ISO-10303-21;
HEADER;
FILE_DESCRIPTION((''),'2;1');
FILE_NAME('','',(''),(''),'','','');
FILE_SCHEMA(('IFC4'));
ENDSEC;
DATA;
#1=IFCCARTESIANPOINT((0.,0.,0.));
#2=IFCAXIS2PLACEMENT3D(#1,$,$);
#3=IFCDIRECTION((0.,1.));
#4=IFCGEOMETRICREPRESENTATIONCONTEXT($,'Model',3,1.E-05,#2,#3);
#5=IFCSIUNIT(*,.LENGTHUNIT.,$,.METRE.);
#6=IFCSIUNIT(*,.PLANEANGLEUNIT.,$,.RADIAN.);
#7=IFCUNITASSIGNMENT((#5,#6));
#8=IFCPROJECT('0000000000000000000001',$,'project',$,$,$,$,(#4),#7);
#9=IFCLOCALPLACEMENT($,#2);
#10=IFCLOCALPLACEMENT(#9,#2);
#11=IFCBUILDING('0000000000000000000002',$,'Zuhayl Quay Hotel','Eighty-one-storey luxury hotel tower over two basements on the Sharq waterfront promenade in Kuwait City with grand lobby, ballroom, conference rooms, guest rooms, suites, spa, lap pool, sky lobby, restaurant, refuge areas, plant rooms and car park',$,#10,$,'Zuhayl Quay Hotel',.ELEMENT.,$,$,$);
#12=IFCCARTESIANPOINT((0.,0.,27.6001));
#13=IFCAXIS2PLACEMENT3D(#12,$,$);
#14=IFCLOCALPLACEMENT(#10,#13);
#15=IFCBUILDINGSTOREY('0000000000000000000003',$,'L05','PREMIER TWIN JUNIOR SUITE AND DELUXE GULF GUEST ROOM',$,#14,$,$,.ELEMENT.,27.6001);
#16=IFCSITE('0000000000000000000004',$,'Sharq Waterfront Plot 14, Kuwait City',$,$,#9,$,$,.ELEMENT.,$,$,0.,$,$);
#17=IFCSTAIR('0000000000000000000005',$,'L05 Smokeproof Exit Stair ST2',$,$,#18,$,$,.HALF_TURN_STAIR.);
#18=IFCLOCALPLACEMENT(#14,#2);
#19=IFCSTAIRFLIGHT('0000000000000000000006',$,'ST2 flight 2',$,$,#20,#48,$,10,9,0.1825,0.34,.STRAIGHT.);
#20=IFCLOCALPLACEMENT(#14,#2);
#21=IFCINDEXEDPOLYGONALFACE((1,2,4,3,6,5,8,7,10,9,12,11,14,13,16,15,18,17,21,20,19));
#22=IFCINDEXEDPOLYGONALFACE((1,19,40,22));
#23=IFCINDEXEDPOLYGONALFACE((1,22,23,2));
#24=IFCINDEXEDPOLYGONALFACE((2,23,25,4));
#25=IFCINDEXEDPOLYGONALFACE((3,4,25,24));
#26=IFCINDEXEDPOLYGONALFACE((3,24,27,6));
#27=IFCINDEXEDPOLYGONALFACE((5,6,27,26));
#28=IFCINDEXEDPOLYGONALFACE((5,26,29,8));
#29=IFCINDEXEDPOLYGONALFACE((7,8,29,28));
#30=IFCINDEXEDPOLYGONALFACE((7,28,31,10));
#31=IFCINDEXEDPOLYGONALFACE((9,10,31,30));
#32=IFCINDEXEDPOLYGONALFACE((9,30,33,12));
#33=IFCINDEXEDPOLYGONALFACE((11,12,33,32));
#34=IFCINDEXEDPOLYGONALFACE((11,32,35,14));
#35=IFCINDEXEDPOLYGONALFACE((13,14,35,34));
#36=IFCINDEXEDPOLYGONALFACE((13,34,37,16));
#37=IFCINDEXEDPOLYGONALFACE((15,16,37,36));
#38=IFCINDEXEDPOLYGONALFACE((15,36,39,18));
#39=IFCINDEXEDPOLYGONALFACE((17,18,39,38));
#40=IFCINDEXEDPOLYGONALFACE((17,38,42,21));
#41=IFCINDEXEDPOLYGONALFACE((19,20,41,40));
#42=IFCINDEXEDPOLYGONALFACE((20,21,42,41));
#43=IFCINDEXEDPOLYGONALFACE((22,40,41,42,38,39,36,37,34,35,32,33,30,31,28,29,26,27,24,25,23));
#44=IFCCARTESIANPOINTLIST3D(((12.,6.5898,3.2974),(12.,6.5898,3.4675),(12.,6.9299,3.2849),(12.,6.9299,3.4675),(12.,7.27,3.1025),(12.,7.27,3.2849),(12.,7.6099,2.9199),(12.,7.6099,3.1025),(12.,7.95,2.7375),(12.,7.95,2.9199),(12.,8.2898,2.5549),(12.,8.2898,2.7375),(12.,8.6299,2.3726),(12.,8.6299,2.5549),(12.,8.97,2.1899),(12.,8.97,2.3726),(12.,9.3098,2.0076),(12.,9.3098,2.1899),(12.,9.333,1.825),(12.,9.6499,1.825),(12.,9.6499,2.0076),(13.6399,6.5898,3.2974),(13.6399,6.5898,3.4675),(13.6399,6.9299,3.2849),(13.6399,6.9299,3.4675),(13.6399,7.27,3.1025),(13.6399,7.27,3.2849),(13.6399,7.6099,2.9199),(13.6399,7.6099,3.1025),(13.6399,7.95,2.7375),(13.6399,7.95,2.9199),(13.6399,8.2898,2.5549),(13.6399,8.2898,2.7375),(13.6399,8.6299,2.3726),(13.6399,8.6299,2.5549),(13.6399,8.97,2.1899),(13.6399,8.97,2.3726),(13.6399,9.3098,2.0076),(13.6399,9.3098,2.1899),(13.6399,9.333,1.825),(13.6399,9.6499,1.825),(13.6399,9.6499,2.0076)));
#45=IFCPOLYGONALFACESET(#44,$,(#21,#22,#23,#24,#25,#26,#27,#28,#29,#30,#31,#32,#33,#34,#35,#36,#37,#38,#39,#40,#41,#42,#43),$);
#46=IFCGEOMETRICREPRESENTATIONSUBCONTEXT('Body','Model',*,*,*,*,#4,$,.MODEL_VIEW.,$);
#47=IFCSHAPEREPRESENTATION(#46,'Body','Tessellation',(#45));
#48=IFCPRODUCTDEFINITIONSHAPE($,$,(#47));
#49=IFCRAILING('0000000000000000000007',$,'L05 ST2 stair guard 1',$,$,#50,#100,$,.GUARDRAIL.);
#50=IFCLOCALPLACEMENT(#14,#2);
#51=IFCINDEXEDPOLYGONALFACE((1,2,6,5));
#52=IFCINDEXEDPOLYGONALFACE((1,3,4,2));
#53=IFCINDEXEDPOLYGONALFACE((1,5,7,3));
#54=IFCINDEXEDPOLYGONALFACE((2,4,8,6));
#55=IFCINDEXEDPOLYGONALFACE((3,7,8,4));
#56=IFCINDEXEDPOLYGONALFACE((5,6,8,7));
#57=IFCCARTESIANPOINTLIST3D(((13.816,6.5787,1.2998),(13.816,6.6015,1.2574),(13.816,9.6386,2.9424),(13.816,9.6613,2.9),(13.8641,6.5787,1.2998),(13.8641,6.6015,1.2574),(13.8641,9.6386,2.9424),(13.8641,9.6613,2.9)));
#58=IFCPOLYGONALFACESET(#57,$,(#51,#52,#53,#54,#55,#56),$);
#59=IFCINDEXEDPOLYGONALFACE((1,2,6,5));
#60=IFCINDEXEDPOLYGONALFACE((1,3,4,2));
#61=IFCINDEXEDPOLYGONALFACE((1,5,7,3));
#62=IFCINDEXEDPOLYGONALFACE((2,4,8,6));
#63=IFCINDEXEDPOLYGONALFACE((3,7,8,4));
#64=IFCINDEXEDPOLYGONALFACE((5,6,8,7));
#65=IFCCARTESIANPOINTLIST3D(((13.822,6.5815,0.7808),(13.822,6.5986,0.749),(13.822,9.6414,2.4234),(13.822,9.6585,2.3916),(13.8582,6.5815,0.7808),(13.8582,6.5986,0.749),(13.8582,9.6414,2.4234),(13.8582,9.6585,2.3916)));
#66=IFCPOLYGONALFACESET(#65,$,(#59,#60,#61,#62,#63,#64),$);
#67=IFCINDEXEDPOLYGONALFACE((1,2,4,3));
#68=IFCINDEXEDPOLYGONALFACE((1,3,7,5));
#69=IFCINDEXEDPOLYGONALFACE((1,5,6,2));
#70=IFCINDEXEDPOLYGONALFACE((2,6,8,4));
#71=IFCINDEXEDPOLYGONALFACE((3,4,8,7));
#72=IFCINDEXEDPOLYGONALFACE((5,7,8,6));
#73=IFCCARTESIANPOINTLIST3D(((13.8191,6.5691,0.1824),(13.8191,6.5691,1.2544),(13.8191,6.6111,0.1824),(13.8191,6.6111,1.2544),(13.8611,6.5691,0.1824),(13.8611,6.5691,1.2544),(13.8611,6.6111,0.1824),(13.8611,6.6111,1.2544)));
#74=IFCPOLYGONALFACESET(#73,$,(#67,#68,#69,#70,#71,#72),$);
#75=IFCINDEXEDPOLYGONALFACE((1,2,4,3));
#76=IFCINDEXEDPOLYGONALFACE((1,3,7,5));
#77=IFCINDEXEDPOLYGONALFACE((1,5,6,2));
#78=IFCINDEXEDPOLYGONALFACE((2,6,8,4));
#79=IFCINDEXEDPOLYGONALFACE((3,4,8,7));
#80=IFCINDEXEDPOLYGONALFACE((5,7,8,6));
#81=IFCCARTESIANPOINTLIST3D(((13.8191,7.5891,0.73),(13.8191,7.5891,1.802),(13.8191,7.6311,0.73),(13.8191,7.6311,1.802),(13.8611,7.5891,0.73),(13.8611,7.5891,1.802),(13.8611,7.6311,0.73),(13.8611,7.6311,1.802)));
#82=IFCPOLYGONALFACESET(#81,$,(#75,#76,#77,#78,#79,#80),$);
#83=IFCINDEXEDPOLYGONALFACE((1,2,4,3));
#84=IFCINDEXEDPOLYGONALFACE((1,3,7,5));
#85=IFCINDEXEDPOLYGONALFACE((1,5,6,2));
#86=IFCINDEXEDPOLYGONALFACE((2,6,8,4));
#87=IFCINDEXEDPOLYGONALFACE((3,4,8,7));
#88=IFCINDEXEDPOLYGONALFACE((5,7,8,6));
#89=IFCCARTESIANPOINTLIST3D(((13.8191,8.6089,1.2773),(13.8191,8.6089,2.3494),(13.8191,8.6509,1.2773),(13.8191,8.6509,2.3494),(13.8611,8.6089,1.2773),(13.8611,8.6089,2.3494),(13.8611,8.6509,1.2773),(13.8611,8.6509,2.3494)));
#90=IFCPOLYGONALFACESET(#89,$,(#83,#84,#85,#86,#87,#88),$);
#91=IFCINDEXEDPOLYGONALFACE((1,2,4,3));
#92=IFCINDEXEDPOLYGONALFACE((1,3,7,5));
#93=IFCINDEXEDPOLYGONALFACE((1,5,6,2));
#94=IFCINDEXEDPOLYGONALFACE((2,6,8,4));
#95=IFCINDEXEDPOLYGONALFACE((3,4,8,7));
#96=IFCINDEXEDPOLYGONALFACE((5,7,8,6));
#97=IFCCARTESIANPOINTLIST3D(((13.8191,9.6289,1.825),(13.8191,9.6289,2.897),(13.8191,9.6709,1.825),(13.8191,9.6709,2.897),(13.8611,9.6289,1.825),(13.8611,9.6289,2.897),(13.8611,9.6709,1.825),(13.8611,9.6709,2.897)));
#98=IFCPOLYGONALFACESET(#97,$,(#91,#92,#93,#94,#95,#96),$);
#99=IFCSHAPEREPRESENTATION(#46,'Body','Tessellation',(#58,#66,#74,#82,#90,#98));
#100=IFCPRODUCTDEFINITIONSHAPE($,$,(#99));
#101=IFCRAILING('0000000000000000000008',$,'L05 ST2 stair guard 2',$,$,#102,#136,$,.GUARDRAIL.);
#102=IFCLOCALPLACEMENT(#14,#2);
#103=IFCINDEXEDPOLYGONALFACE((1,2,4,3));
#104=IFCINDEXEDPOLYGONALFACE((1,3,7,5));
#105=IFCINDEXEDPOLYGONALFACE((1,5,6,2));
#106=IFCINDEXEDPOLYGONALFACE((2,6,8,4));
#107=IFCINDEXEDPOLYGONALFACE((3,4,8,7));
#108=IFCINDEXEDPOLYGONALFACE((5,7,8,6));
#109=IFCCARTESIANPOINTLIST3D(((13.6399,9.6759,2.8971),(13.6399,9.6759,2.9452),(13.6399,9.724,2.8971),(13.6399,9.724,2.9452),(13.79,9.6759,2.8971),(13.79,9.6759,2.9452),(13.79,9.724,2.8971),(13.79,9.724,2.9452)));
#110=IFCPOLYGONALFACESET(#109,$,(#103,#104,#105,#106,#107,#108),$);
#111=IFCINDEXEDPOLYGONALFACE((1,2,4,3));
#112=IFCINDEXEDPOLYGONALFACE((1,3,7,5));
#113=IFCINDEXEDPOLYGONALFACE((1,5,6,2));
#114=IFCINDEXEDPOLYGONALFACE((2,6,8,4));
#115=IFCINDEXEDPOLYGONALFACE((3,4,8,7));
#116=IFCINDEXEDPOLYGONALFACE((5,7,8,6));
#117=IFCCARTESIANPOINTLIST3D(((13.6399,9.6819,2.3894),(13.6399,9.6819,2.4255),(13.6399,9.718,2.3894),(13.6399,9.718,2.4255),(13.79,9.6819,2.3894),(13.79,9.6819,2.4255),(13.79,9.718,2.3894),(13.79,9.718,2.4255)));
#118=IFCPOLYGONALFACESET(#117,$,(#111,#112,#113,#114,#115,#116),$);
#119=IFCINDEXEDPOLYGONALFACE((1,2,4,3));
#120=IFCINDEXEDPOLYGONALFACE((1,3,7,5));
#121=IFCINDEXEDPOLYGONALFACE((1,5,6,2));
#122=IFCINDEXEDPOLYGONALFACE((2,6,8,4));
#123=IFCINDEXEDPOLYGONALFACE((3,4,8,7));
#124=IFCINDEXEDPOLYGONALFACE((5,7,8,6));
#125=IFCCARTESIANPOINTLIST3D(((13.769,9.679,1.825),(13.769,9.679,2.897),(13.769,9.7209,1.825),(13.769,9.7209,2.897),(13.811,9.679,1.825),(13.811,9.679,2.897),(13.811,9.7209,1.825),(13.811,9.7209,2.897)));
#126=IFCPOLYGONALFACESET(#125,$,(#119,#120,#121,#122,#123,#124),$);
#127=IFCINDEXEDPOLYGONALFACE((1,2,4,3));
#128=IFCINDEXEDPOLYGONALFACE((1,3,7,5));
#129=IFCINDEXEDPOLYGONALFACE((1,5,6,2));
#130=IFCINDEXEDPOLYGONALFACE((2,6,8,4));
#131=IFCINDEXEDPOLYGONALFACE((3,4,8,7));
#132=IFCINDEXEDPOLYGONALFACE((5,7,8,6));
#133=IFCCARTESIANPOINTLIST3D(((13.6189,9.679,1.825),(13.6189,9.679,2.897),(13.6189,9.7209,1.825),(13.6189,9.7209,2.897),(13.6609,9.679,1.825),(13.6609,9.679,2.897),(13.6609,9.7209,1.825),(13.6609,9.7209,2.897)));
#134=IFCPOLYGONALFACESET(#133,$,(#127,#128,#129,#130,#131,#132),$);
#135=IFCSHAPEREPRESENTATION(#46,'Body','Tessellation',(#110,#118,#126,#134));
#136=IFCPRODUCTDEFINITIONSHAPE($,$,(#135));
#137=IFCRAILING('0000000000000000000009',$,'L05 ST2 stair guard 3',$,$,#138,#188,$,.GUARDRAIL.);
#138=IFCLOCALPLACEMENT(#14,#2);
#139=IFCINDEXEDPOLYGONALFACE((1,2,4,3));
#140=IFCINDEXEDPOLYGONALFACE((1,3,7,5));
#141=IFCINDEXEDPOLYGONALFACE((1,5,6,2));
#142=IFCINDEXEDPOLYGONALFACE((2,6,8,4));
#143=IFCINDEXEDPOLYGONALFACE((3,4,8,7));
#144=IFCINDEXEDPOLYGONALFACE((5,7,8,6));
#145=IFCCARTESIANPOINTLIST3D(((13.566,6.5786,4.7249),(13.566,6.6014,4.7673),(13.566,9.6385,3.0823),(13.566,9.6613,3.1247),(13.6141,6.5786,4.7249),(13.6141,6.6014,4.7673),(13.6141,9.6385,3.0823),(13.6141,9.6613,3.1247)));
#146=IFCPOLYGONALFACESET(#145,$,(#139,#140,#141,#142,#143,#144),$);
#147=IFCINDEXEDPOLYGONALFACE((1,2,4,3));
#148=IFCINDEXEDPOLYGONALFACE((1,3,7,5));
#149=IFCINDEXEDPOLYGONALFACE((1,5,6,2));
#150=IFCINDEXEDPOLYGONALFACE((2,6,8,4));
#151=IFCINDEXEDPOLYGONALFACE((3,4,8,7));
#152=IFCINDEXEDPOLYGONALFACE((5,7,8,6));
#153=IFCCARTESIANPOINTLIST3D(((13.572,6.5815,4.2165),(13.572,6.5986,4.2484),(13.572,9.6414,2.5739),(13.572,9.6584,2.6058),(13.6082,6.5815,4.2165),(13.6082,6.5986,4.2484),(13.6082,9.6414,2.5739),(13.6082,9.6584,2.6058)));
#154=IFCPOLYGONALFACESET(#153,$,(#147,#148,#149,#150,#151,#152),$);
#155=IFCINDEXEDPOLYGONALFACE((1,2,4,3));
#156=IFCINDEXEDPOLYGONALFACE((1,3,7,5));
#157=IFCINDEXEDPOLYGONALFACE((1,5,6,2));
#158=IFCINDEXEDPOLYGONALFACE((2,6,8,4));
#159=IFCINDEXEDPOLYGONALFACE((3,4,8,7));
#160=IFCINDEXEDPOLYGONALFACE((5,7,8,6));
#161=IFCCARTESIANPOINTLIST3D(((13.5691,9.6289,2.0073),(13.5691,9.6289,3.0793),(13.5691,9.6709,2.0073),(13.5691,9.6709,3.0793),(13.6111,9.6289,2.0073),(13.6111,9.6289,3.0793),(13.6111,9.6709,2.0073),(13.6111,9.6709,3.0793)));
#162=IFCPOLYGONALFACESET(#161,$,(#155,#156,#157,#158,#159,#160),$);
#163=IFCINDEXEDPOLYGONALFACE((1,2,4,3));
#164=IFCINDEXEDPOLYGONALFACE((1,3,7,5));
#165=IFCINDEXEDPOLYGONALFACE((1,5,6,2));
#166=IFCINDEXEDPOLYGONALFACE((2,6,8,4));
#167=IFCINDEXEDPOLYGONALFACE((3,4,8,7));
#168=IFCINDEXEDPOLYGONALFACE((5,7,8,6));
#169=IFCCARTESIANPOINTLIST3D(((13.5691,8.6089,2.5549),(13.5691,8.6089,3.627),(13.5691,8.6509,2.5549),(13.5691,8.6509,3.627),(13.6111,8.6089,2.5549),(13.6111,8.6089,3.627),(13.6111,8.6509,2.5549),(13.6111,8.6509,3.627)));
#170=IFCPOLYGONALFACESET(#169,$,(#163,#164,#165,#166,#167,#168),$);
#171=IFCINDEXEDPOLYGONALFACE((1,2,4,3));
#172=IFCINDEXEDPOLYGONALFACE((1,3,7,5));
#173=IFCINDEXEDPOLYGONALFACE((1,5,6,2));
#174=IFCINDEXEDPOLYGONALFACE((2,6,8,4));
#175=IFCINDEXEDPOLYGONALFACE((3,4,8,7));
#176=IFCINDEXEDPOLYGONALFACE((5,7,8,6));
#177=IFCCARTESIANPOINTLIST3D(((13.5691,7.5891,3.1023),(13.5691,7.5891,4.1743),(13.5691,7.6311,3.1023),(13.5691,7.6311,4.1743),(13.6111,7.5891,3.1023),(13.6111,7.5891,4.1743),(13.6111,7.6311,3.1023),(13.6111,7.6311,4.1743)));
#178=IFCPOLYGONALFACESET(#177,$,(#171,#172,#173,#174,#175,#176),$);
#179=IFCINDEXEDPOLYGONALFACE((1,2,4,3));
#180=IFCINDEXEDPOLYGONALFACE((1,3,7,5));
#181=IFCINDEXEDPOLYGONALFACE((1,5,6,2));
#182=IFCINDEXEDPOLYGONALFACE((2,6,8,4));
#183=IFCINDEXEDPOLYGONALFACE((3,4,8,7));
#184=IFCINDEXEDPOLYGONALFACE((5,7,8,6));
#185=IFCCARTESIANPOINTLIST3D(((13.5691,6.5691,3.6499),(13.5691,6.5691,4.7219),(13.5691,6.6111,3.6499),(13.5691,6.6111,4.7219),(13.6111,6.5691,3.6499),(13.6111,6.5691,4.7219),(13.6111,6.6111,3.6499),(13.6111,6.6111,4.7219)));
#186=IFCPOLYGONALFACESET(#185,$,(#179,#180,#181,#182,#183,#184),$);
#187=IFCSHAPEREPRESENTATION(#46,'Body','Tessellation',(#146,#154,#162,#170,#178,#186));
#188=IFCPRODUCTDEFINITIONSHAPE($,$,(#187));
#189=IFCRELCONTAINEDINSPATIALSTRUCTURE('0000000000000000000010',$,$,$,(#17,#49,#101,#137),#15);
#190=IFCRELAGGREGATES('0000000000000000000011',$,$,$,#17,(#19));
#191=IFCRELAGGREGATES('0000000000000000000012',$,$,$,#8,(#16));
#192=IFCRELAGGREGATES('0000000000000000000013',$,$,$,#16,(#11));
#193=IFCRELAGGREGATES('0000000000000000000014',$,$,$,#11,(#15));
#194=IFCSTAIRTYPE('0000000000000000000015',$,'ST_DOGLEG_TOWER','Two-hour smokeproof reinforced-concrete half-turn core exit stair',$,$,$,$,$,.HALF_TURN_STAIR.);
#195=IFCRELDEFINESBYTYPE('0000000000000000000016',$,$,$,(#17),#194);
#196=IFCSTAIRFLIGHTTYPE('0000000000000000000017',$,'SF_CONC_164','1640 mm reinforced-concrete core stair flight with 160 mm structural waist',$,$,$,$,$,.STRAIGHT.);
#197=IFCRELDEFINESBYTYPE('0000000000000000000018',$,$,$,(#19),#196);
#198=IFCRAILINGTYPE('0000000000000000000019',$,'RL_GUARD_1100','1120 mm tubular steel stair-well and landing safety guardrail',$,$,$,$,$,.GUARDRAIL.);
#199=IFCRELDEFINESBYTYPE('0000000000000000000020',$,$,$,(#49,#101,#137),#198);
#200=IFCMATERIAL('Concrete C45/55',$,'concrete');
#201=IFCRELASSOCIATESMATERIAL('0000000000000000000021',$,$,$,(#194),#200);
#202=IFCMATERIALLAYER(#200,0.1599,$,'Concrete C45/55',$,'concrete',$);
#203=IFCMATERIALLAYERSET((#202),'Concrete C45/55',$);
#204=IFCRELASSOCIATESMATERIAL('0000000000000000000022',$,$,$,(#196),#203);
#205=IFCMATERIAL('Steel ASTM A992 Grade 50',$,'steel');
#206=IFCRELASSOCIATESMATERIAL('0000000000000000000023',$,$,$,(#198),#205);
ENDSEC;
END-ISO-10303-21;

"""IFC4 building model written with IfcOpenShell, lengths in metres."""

from ifc_helpers import new_model, si_unit, direction, frame, origin, origin_2d, place, context, subcontext, project, spatial, polyline, rectangle, outline, extrude, material, layer, layer_set, type_object, element, aggregate, save


model = new_model("IFC4")

# Units and contexts
model_context = context("Model", 3, precision=1e-05, world=origin(), true_north=direction((0.0, 1.0)))
body_context = subcontext(model_context, "Body", "Model", "MODEL_VIEW")
ifc_project = project(units=[si_unit("LENGTHUNIT", "METRE"), si_unit("PLANEANGLEUNIT", "RADIAN")], contexts=[model_context])

# Site, building, storey
site_placement = place(None, origin())
site = spatial("IfcSite", under=ifc_project, at=site_placement, Name="Sharq Waterfront Plot 14, Kuwait City", CompositionType="ELEMENT", RefElevation=0.0)
building_placement = place(site_placement, origin())
building = spatial("IfcBuilding", under=site, at=building_placement, Name="Zuhayl Quay Hotel", Description="Eighty-one-storey luxury hotel tower over two basements on the Sharq waterfront promenade in Kuwait City with grand lobby, ballroom, conference rooms, guest rooms, suites, spa, lap pool, sky lobby, restaurant, refuge areas, plant rooms and car park", LongName="Zuhayl Quay Hotel", CompositionType="ELEMENT")
storey_placement = place(building_placement, frame((0.0, 0.0, 27.6001)))
storey = spatial("IfcBuildingStorey", under=building, at=storey_placement, Name="L05", Description="PREMIER TWIN JUNIOR SUITE AND DELUXE GULF GUEST ROOM", CompositionType="ELEMENT", Elevation=27.6001)

# Shared definitions
ifc_material_1 = material(Name="Steel ASTM A992 Grade 50", Category="steel")

# Stair, stair flight
ifc_material_2 = material(Name="Concrete C45/55", Category="concrete")
stair_type = type_object("IfcStairType", Name="ST_DOGLEG_TOWER", Description="Two-hour smokeproof reinforced-concrete half-turn core exit stair", PredefinedType="HALF_TURN_STAIR", material=ifc_material_2)
stair_placement = place(storey_placement, origin())
stair = element("IfcStair", 1, at=stair_placement, inside=storey, type_object=stair_type, Name="L05 Smokeproof Exit Stair ST2", PredefinedType="HALF_TURN_STAIR")
ifc_layer_1 = layer(ifc_material_2, 0.1599, Name="Concrete C45/55", Category="concrete")
ifc_layer_set_1 = layer_set([ifc_layer_1], Name="Concrete C45/55")
stair_flight_type = type_object("IfcStairFlightType", Name="SF_CONC_164", Description="1640 mm reinforced-concrete core stair flight with 160 mm structural waist", PredefinedType="STRAIGHT", material=ifc_layer_set_1)
stair_flight_1_placement = place(storey_placement, frame((12.8201, 9.6499, 1.825), z_axis=(0.0, 0.0, 1.0), x_axis=(0.0, -1.0, 0.0)))
stair_flight_1 = element("IfcStairFlight", 2, at=stair_flight_1_placement, type_object=stair_flight_type, Name="ST2 flight 2", NumberOfRisers=10, NumberOfTreads=9, PredefinedType="STRAIGHT", RiserHeight=0.1825, TreadLength=0.34, context=body_context, shape_type="SweptSolid", body=[
    extrude(outline(polyline([(0.0, 0.0), (0.0, 0.1826), (0.3401, 0.1826), (0.3401, 0.365), (0.6799, 0.365), (0.6799, 0.5476), (1.02, 0.5476), (1.02, 0.73), (1.3601, 0.73), (1.3601, 0.9126), (1.7, 0.9126), (1.7, 1.095), (2.04, 1.095), (2.04, 1.2776), (2.3799, 1.2776), (2.3799, 1.46), (2.72, 1.46), (2.72, 1.6426), (3.0601, 1.6426), (3.0601, 1.825), (3.0601, 1.4724), (0.3169, 0.0), (0.0, 0.0)])), frame((0.0, 0.8198, 0.0), z_axis=(0.0, -1.0, 0.0), x_axis=(1.0, 0.0, 0.0)), (0.0, 0.0, 1.0), 1.6399),
])
aggregate(stair, [stair_flight_1])

# Railings
railing_type_1 = type_object("IfcRailingType", Name="RL_GUARD_1100", Description="1120 mm tubular steel stair-well and landing safety guardrail", PredefinedType="GUARDRAIL", material=ifc_material_1)
railing_1_placement = place(storey_placement, frame((13.8401, 6.5901, 0.1824)))
element("IfcRailing", 3, at=railing_1_placement, inside=storey, type_object=railing_type_1, Name="L05 ST2 stair guard 1", PredefinedType="GUARDRAIL", context=body_context, shape_type="SweptSolid", body=[
    extrude(rectangle(XDim=0.0481, YDim=0.0481, at=origin_2d()), frame((0.0, 0.0, 1.0962), z_axis=(0.0, 0.881073, 0.47298), x_axis=(-1.0, 0.0, 0.0)), (0.0, 0.0, 1.0), 3.4729),
    extrude(rectangle(XDim=0.0361, YDim=0.0361, at=origin_2d()), frame((0.0, 0.0, 0.5825), z_axis=(0.0, 0.881073, 0.47298), x_axis=(-1.0, 0.0, 0.0)), (0.0, 0.0, 1.0), 3.4729),
    extrude(rectangle(XDim=0.042, YDim=0.042, at=origin_2d()), origin(), (0.0, 0.0, 1.0), 1.072),
    extrude(rectangle(XDim=0.042, YDim=0.042, at=origin_2d()), frame((0.0, 1.02, 0.5476)), (0.0, 0.0, 1.0), 1.072),
    extrude(rectangle(XDim=0.042, YDim=0.042, at=origin_2d()), frame((0.0, 2.0398, 1.095)), (0.0, 0.0, 1.0), 1.072),
    extrude(rectangle(XDim=0.042, YDim=0.042, at=origin_2d()), frame((0.0, 3.0598, 1.6426)), (0.0, 0.0, 1.0), 1.072),
])
railing_2_placement = place(storey_placement, frame((13.79, 9.7, 1.825)))
element("IfcRailing", 4, at=railing_2_placement, inside=storey, type_object=railing_type_1, Name="L05 ST2 stair guard 2", PredefinedType="GUARDRAIL", context=body_context, shape_type="SweptSolid", body=[
    extrude(rectangle(XDim=0.0481, YDim=0.0481, at=origin_2d()), frame((0.0, 0.0, 1.0962), z_axis=(-1.0, 0.0, 0.0), x_axis=(0.0, -1.0, 0.0)), (0.0, 0.0, 1.0), 0.1501),
    extrude(rectangle(XDim=0.0361, YDim=0.0361, at=origin_2d()), frame((0.0, 0.0, 0.5825), z_axis=(-1.0, 0.0, 0.0), x_axis=(0.0, -1.0, 0.0)), (0.0, 0.0, 1.0), 0.1501),
    extrude(rectangle(XDim=0.042, YDim=0.042, at=origin_2d()), origin(), (0.0, 0.0, 1.0), 1.072),
    extrude(rectangle(XDim=0.042, YDim=0.042, at=origin_2d()), frame((-0.1501, 0.0, 0.0)), (0.0, 0.0, 1.0), 1.072),
])
railing_3_placement = place(storey_placement, frame((13.5901, 9.6499, 2.0073)))
element("IfcRailing", 5, at=railing_3_placement, inside=storey, type_object=railing_type_1, Name="L05 ST2 stair guard 3", PredefinedType="GUARDRAIL", context=body_context, shape_type="SweptSolid", body=[
    extrude(rectangle(XDim=0.0481, YDim=0.0481, at=origin_2d()), frame((0.0, 0.0, 1.0962), z_axis=(0.0, -0.881073, 0.47298), x_axis=(1.0, 0.0, 0.0)), (0.0, 0.0, 1.0), 3.4729),
    extrude(rectangle(XDim=0.0361, YDim=0.0361, at=origin_2d()), frame((0.0, 0.0, 0.5825), z_axis=(0.0, -0.881073, 0.47298), x_axis=(1.0, 0.0, 0.0)), (0.0, 0.0, 1.0), 3.4729),
    extrude(rectangle(XDim=0.042, YDim=0.042, at=origin_2d()), origin(), (0.0, 0.0, 1.0), 1.072),
    extrude(rectangle(XDim=0.042, YDim=0.042, at=origin_2d()), frame((0.0, -1.02, 0.5476)), (0.0, 0.0, 1.0), 1.072),
    extrude(rectangle(XDim=0.042, YDim=0.042, at=origin_2d()), frame((0.0, -2.0398, 1.095)), (0.0, 0.0, 1.0), 1.072),
    extrude(rectangle(XDim=0.042, YDim=0.042, at=origin_2d()), frame((0.0, -3.0598, 1.6426)), (0.0, 0.0, 1.0), 1.072),
])

save(model, "model.ifc")
